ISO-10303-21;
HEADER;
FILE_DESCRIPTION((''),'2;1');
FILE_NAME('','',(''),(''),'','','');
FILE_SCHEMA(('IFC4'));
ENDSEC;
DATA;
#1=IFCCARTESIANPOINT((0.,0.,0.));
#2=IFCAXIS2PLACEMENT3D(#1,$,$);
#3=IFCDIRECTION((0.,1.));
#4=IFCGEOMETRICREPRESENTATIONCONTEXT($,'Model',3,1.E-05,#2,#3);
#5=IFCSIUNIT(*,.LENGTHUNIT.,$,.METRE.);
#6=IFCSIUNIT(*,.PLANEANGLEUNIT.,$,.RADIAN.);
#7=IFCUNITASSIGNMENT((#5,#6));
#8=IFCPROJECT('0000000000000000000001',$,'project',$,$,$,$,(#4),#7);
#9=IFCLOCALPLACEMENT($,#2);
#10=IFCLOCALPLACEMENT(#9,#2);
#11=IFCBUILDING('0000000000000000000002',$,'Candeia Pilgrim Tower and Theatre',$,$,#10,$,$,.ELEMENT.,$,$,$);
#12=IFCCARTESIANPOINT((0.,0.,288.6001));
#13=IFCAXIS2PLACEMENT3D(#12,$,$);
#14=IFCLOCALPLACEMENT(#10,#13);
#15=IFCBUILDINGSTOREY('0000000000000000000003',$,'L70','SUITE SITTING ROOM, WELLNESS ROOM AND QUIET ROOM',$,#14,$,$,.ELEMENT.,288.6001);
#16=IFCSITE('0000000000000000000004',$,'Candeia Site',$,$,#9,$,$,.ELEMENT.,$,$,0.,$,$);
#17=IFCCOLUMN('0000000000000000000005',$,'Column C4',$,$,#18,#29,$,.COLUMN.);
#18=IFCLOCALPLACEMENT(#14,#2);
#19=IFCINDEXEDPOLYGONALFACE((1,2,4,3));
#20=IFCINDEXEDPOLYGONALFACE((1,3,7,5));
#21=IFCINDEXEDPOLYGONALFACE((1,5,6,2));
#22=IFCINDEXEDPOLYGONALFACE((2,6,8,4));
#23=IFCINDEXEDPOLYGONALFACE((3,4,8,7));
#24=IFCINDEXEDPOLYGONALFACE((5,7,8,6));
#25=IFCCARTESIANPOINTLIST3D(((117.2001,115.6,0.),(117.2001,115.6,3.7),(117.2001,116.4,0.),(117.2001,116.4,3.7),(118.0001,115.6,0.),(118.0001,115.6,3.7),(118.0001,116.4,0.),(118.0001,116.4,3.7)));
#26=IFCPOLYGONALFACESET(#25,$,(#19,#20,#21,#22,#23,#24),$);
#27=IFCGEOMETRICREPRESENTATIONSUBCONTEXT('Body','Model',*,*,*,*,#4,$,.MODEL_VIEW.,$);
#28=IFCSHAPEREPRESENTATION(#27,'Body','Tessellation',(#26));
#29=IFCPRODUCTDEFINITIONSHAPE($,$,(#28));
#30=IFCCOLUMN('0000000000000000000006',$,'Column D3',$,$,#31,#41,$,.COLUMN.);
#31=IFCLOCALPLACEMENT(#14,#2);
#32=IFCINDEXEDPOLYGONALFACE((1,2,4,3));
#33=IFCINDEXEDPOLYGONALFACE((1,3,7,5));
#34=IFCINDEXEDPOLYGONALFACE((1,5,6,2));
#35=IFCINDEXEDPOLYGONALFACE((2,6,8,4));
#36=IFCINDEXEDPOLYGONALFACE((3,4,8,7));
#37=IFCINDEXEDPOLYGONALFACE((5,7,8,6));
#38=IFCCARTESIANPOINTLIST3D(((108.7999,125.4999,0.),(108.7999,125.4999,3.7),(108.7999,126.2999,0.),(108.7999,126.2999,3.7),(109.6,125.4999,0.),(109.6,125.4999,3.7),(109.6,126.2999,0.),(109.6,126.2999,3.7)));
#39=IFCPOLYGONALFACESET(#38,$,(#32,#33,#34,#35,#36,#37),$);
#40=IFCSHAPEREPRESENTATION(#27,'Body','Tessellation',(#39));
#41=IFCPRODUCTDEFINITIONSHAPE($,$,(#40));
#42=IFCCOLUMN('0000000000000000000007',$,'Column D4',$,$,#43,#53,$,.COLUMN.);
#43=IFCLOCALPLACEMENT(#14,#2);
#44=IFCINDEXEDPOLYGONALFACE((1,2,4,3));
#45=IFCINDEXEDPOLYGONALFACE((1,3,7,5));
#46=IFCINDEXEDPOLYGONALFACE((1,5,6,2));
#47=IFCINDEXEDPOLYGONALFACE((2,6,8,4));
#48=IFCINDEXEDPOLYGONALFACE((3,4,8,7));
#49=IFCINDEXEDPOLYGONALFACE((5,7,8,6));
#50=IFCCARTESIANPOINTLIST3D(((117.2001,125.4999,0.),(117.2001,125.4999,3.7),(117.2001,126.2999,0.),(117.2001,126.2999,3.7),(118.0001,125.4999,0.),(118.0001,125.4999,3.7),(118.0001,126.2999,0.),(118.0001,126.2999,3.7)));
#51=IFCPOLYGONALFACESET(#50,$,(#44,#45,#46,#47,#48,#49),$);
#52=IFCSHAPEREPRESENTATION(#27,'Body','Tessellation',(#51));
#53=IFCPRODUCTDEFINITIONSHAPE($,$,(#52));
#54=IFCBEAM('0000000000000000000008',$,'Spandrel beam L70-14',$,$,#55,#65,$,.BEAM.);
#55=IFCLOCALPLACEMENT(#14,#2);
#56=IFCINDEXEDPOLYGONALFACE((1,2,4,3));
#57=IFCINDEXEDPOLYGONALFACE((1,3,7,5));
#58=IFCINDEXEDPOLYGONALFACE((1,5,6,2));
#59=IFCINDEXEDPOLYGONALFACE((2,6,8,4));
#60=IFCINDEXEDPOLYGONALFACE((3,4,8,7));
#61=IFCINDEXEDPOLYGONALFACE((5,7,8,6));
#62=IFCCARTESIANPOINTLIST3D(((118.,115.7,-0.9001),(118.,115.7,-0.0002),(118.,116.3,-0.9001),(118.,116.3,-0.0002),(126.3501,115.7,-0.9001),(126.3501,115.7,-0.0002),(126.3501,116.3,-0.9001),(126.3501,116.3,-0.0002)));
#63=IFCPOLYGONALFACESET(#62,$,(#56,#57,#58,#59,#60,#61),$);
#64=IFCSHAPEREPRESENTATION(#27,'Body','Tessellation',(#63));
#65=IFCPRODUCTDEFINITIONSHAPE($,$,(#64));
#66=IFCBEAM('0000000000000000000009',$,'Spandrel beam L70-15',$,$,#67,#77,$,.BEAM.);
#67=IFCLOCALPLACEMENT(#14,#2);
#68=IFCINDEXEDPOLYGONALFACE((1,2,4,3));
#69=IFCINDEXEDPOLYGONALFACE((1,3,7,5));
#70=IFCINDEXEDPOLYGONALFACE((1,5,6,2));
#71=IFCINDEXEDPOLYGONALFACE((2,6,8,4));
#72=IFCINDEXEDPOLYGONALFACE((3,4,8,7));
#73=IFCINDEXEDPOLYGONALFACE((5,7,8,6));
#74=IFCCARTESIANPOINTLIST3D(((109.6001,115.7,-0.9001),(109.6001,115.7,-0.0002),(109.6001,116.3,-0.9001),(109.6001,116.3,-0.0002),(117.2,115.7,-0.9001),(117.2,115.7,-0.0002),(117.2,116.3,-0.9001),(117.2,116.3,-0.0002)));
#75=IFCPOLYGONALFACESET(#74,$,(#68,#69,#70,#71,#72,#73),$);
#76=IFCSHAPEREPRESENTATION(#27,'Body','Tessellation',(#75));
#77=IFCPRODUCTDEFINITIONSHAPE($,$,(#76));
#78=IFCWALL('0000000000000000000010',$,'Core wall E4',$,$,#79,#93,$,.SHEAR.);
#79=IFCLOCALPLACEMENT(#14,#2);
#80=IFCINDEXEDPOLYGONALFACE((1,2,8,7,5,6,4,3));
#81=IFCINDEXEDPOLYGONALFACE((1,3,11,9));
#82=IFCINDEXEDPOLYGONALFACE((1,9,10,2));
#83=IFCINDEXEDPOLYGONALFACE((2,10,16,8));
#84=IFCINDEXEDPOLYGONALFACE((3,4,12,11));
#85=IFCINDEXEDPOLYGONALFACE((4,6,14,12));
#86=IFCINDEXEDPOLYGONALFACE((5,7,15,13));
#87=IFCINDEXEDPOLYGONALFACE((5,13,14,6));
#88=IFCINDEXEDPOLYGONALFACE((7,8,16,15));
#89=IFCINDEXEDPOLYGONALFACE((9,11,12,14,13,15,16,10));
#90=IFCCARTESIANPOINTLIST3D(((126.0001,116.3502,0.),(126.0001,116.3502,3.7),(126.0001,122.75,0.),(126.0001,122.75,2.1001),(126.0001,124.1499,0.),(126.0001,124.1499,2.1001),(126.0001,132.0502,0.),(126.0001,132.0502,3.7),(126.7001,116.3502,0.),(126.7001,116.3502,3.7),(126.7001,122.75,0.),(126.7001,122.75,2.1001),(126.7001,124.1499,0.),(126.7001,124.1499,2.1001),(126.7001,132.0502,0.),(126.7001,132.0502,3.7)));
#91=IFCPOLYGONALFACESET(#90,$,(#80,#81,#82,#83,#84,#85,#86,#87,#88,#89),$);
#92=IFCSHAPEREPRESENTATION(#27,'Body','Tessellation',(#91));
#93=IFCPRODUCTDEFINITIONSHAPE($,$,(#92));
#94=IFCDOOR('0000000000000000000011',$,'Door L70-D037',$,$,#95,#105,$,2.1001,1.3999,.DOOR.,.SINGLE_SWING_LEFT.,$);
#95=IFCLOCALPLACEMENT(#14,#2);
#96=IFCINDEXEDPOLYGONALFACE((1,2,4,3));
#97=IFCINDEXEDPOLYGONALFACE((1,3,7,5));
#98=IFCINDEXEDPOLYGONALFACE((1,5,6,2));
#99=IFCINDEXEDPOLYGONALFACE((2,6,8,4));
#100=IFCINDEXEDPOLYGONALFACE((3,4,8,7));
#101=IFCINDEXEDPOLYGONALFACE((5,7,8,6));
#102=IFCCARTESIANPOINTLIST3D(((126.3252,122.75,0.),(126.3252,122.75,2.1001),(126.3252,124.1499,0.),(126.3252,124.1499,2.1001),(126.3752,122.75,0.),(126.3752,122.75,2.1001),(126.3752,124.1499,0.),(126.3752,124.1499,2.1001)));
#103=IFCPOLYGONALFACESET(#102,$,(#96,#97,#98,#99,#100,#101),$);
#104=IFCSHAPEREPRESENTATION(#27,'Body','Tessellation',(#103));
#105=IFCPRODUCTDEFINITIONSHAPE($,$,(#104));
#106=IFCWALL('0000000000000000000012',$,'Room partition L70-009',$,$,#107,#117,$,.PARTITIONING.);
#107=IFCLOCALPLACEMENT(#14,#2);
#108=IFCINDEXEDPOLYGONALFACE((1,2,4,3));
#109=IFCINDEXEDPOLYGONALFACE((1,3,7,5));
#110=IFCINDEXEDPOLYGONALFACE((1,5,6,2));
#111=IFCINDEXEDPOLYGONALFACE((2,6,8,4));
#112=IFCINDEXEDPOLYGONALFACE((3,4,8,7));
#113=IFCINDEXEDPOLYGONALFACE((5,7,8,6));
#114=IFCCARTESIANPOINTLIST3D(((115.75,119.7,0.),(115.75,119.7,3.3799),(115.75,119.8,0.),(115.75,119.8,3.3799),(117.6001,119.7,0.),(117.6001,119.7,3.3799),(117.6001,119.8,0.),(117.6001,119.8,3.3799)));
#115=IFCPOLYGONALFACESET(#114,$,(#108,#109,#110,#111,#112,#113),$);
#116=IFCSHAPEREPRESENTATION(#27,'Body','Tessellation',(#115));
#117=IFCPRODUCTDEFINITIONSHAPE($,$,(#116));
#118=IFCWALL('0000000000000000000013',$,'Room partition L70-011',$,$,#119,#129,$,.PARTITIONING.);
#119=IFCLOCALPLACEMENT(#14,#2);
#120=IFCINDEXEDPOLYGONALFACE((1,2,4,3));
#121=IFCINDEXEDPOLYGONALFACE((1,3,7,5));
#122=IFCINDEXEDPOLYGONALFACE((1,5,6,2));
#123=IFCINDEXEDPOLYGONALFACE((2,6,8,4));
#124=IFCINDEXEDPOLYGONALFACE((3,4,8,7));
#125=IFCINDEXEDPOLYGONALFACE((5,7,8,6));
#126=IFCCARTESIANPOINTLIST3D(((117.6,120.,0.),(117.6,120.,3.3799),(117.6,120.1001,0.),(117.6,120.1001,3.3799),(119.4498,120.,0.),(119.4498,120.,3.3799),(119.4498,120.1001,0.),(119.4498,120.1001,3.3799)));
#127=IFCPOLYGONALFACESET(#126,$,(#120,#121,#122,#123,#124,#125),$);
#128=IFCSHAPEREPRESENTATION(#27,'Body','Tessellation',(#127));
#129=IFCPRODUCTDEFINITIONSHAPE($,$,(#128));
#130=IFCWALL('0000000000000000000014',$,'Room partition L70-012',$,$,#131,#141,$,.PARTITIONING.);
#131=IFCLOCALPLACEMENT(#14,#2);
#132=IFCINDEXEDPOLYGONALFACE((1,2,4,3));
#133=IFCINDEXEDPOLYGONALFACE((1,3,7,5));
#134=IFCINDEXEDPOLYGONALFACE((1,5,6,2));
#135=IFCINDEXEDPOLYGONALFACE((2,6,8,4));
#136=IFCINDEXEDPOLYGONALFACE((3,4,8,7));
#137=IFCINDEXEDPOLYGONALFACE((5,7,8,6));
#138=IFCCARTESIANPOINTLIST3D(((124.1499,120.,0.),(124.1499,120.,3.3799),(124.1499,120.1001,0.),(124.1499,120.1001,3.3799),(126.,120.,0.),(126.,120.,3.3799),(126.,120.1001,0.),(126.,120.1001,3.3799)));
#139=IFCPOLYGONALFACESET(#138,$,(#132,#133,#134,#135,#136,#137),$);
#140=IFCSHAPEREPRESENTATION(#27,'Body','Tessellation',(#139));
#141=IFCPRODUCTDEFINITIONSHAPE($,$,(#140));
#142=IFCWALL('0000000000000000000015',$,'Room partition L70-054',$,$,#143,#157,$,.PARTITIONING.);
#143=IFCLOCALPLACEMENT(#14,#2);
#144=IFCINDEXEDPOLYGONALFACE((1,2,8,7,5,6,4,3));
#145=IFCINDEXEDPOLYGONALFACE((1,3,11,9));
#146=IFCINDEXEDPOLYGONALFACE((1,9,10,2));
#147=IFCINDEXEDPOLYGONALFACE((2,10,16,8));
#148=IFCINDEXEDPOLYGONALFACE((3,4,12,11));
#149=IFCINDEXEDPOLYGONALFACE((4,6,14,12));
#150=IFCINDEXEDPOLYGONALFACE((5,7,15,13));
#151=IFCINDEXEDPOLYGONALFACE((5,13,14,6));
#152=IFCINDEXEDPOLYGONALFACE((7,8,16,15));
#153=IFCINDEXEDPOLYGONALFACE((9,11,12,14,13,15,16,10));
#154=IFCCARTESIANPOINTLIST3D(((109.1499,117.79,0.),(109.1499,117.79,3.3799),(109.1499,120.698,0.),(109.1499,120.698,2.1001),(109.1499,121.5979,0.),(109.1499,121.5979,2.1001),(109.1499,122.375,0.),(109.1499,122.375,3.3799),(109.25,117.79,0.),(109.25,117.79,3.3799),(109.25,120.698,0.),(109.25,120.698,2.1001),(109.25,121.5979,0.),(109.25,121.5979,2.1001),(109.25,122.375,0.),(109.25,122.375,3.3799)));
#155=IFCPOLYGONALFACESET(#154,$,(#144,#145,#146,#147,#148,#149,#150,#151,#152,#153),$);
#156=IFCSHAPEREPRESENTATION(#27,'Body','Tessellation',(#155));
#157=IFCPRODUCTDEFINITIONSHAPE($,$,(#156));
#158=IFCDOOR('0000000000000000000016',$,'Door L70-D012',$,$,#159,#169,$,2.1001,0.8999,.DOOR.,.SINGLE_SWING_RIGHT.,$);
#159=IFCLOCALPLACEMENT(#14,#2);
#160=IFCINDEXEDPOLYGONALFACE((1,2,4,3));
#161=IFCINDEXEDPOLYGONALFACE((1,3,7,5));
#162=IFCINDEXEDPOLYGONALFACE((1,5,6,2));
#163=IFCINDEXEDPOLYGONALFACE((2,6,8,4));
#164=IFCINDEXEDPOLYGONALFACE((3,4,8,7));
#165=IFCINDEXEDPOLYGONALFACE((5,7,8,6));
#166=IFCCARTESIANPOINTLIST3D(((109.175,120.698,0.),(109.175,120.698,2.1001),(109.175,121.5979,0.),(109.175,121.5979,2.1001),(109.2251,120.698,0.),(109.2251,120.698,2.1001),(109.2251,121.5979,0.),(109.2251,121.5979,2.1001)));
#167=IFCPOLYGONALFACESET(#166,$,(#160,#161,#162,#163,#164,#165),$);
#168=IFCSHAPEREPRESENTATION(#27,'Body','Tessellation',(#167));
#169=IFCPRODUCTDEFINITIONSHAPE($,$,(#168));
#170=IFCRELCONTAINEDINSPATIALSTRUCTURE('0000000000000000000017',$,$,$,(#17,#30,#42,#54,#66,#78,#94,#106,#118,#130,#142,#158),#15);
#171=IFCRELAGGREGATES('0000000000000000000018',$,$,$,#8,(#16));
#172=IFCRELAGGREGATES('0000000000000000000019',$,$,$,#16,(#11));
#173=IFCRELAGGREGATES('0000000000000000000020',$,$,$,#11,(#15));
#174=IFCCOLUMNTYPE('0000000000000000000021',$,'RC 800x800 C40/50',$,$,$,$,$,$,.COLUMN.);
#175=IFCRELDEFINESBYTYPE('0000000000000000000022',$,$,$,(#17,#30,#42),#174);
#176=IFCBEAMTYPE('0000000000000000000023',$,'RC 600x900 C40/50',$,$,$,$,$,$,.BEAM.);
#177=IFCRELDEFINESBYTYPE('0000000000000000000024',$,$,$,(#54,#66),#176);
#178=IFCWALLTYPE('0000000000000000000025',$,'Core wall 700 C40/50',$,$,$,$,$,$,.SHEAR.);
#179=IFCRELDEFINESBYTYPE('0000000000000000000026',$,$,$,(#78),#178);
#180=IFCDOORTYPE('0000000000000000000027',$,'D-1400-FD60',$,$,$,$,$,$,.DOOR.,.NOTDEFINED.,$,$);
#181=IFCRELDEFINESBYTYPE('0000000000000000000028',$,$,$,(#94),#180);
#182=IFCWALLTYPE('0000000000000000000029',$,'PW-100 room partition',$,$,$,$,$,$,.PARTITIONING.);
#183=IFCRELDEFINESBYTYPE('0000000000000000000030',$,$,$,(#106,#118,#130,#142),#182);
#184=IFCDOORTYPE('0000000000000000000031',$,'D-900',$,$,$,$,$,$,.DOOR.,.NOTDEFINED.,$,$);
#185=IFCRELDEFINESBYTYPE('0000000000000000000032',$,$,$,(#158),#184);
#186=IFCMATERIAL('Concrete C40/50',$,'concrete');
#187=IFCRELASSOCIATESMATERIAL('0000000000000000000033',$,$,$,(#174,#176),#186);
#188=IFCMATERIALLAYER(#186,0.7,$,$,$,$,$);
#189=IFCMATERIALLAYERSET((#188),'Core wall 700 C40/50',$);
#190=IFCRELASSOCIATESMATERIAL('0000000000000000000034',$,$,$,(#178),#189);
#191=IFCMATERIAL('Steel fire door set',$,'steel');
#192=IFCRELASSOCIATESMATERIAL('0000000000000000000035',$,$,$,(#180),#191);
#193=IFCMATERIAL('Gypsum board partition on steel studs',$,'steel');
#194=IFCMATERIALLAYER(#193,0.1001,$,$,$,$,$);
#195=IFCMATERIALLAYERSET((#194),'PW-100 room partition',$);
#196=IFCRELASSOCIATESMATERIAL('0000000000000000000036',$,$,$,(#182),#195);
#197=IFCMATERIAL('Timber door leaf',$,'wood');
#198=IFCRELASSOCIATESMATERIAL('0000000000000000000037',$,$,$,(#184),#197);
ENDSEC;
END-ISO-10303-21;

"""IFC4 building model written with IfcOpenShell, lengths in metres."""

from ifc_helpers import new_model, si_unit, direction, frame, frame_2d, origin, origin_2d, place, context, subcontext, project, spatial, rectangle, extrude, material, layer, layer_set, material_profile, profile_set, type_object, element, fill, save


model = new_model("IFC4")

# Units and contexts
model_context = context("Model", 3, precision=1e-05, world=origin(), true_north=direction((0.0, 1.0)))
body_context = subcontext(model_context, "Body", "Model", "MODEL_VIEW")
ifc_project = project(units=[si_unit("LENGTHUNIT", "METRE"), si_unit("PLANEANGLEUNIT", "RADIAN")], contexts=[model_context])

# Site, building, storey
site_placement = place(None, origin())
site = spatial("IfcSite", under=ifc_project, at=site_placement, Name="Candeia Site", CompositionType="ELEMENT", RefElevation=0.0)
building_placement = place(site_placement, origin())
building = spatial("IfcBuilding", under=site, at=building_placement, Name="Candeia Pilgrim Tower and Theatre", CompositionType="ELEMENT")
storey_placement = place(building_placement, frame((0.0, 0.0, 288.6001)))
storey = spatial("IfcBuildingStorey", under=building, at=storey_placement, Name="L70", Description="SUITE SITTING ROOM, WELLNESS ROOM AND QUIET ROOM", CompositionType="ELEMENT", Elevation=288.6001)

# Columns
ifc_material_1 = material(Name="Concrete C40/50", Category="concrete")
ifc_material_profile_1 = material_profile(ifc_material_1, rectangle(XDim=0.8, YDim=0.8, at=origin_2d()))
ifc_profile_set_1 = profile_set([ifc_material_profile_1], Name="Concrete C40/50")
column_type = type_object("IfcColumnType", Name="RC 800x800 C40/50", PredefinedType="COLUMN", material=ifc_profile_set_1)
for number, where, z_axis, x_axis, name in (
    (1, (117.6001, 116.0, 0.0), (0.0, 0.0, 1.0), (1.0, 0.0, 0.0), "Column C4"),
    (2, (109.2, 125.8999, 0.0), (0.0, 0.0, 1.0), (1.0, 0.0, 0.0), "Column D3"),
    (3, (117.6001, 125.8999, 0.0), (0.0, 0.0, 1.0), (1.0, 0.0, 0.0), "Column D4"),
):
    element("IfcColumn", number, at=place(storey_placement, frame(where, z_axis=z_axis, x_axis=x_axis)), inside=storey, type_object=column_type, Name=name, PredefinedType="COLUMN", context=body_context, shape_type="SweptSolid", body=[
        extrude(rectangle(XDim=0.8, YDim=0.8, at=origin_2d()), origin(), (0.0, 0.0, 1.0), 3.7),
    ])

# Beams
ifc_material_profile_2 = material_profile(ifc_material_1, rectangle(XDim=0.6001, YDim=0.8999, at=origin_2d()))
ifc_profile_set_2 = profile_set([ifc_material_profile_2], Name="Concrete C40/50")
beam_type = type_object("IfcBeamType", Name="RC 600x900 C40/50", PredefinedType="BEAM", material=ifc_profile_set_2)
beam_1_placement = place(storey_placement, frame((126.3501, 116.0, -0.4502), z_axis=(-1.0, 0.0, 0.0), x_axis=(0.0, -1.0, 0.0)))
element("IfcBeam", 4, at=beam_1_placement, inside=storey, type_object=beam_type, Name="Spandrel beam L70-14", PredefinedType="BEAM", context=body_context, shape_type="SweptSolid", body=[
    extrude(rectangle(XDim=0.6001, YDim=0.8999, at=origin_2d()), origin(), (0.0, 0.0, 1.0), 8.3501),
])
beam_2_placement = place(storey_placement, frame((117.2, 116.0, -0.4502), z_axis=(-1.0, 0.0, 0.0), x_axis=(0.0, -1.0, 0.0)))
element("IfcBeam", 5, at=beam_2_placement, inside=storey, type_object=beam_type, Name="Spandrel beam L70-15", PredefinedType="BEAM", context=body_context, shape_type="SweptSolid", body=[
    extrude(rectangle(XDim=0.6001, YDim=0.8999, at=origin_2d()), origin(), (0.0, 0.0, 1.0), 7.5999),
])

# Wall, opening, door
ifc_layer_1 = layer(ifc_material_1, 0.7)
ifc_layer_set_1 = layer_set([ifc_layer_1], Name="Core wall 700 C40/50")
wall_type_1 = type_object("IfcWallType", Name="Core wall 700 C40/50", PredefinedType="SHEAR", material=ifc_layer_set_1)
wall_1_placement = place(storey_placement, frame((126.3501, 116.3501, 0.0), z_axis=(0.0, 0.0, 1.0), x_axis=(0.0, 1.0, 0.0)))
wall_1 = element("IfcWall", 6, at=wall_1_placement, inside=storey, type_object=wall_type_1, Name="Core wall E4", PredefinedType="SHEAR", context=body_context, shape_type="SweptSolid", body=[
    extrude(rectangle(XDim=15.7, YDim=0.7, at=frame_2d((7.8501, 0.0))), origin(), (0.0, 0.0, 1.0), 3.7),
])
opening_1_placement = place(wall_1_placement, frame((6.3999, 0.0, 0.0)))
opening_1 = element("IfcOpeningElement", 7, at=opening_1_placement, cuts=wall_1, PredefinedType="OPENING", context=body_context, shape_type="SweptSolid", body=[
    extrude(rectangle(XDim=1.3999, YDim=2.1001, at=frame_2d((0.7, 1.05))), frame((0.0, 0.3599, 0.0), z_axis=(0.0, -1.0, 0.0), x_axis=(1.0, 0.0, 0.0)), (0.0, 0.0, 1.0), 0.72),
])
ifc_material_2 = material(Name="Steel fire door set", Category="steel")
door_type_1 = type_object("IfcDoorType", Name="D-1400-FD60", OperationType="NOTDEFINED", PredefinedType="DOOR", material=ifc_material_2)
door_1_placement = place(opening_1_placement, origin())
door_1 = element("IfcDoor", 8, at=door_1_placement, inside=storey, type_object=door_type_1, Name="Door L70-D037", OperationType="SINGLE_SWING_LEFT", OverallHeight=2.1001, OverallWidth=1.3999, PredefinedType="DOOR", context=body_context, shape_type="SweptSolid", body=[
    extrude(rectangle(XDim=1.3999, YDim=2.1001, at=frame_2d((0.7, 1.05))), frame((0.0, 0.0249, 0.0), z_axis=(0.0, -1.0, 0.0), x_axis=(1.0, 0.0, 0.0)), (0.0, 0.0, 1.0), 0.05),
])
fill(opening_1, door_1)

# Walls
ifc_material_3 = material(Name="Gypsum board partition on steel studs", Category="steel")
ifc_layer_2 = layer(ifc_material_3, 0.1001)
ifc_layer_set_2 = layer_set([ifc_layer_2], Name="PW-100 room partition")
wall_type_2 = type_object("IfcWallType", Name="PW-100 room partition", PredefinedType="PARTITIONING", material=ifc_layer_set_2)
wall_2_placement = place(storey_placement, frame((115.75, 119.75, 0.0), z_axis=(0.0, 0.0, 1.0), x_axis=(1.0, 0.0, 0.0)))
element("IfcWall", 9, at=wall_2_placement, inside=storey, type_object=wall_type_2, Name="Room partition L70-009", PredefinedType="PARTITIONING", context=body_context, shape_type="SweptSolid", body=[
    extrude(rectangle(XDim=1.8501, YDim=0.1001, at=frame_2d((0.925, 0.0))), origin(), (0.0, 0.0, 1.0), 3.3799),
])
wall_3_placement = place(storey_placement, frame((117.6001, 120.05, 0.0), z_axis=(0.0, 0.0, 1.0), x_axis=(1.0, 0.0, 0.0)))
element("IfcWall", 10, at=wall_3_placement, inside=storey, type_object=wall_type_2, Name="Room partition L70-011", PredefinedType="PARTITIONING", context=body_context, shape_type="SweptSolid", body=[
    extrude(rectangle(XDim=1.8499, YDim=0.1001, at=frame_2d((0.9248, 0.0))), origin(), (0.0, 0.0, 1.0), 3.3799),
])
wall_4_placement = place(storey_placement, frame((124.1499, 120.05, 0.0), z_axis=(0.0, 0.0, 1.0), x_axis=(1.0, 0.0, 0.0)))
element("IfcWall", 11, at=wall_4_placement, inside=storey, type_object=wall_type_2, Name="Room partition L70-012", PredefinedType="PARTITIONING", context=body_context, shape_type="SweptSolid", body=[
    extrude(rectangle(XDim=1.8501, YDim=0.1001, at=frame_2d((0.925, 0.0))), origin(), (0.0, 0.0, 1.0), 3.3799),
])

# Wall, opening, door
wall_5_placement = place(storey_placement, frame((109.2, 117.79, 0.0), z_axis=(0.0, 0.0, 1.0), x_axis=(0.0, 1.0, 0.0)))
wall_5 = element("IfcWall", 12, at=wall_5_placement, inside=storey, type_object=wall_type_2, Name="Room partition L70-054", PredefinedType="PARTITIONING", context=body_context, shape_type="SweptSolid", body=[
    extrude(rectangle(XDim=4.585, YDim=0.1001, at=frame_2d((2.2925, 0.0))), origin(), (0.0, 0.0, 1.0), 3.3799),
])
opening_2_placement = place(wall_5_placement, frame((2.908, 0.0, 0.0)))
opening_2 = element("IfcOpeningElement", 13, at=opening_2_placement, cuts=wall_5, PredefinedType="OPENING", context=body_context, shape_type="SweptSolid", body=[
    extrude(rectangle(XDim=0.8999, YDim=2.1001, at=frame_2d((0.45, 1.05))), frame((0.0, 0.0601, 0.0), z_axis=(0.0, -1.0, 0.0), x_axis=(1.0, 0.0, 0.0)), (0.0, 0.0, 1.0), 0.1201),
])
ifc_material_4 = material(Name="Timber door leaf", Category="wood")
door_type_2 = type_object("IfcDoorType", Name="D-900", OperationType="NOTDEFINED", PredefinedType="DOOR", material=ifc_material_4)
door_2_placement = place(opening_2_placement, origin())
door_2 = element("IfcDoor", 14, at=door_2_placement, inside=storey, type_object=door_type_2, Name="Door L70-D012", OperationType="SINGLE_SWING_RIGHT", OverallHeight=2.1001, OverallWidth=0.8999, PredefinedType="DOOR", context=body_context, shape_type="SweptSolid", body=[
    extrude(rectangle(XDim=0.8999, YDim=2.1001, at=frame_2d((0.45, 1.05))), frame((0.0, 0.0249, 0.0), z_axis=(0.0, -1.0, 0.0), x_axis=(1.0, 0.0, 0.0)), (0.0, 0.0, 1.0), 0.05),
])
fill(opening_2, door_2)

save(model, "model.ifc")
